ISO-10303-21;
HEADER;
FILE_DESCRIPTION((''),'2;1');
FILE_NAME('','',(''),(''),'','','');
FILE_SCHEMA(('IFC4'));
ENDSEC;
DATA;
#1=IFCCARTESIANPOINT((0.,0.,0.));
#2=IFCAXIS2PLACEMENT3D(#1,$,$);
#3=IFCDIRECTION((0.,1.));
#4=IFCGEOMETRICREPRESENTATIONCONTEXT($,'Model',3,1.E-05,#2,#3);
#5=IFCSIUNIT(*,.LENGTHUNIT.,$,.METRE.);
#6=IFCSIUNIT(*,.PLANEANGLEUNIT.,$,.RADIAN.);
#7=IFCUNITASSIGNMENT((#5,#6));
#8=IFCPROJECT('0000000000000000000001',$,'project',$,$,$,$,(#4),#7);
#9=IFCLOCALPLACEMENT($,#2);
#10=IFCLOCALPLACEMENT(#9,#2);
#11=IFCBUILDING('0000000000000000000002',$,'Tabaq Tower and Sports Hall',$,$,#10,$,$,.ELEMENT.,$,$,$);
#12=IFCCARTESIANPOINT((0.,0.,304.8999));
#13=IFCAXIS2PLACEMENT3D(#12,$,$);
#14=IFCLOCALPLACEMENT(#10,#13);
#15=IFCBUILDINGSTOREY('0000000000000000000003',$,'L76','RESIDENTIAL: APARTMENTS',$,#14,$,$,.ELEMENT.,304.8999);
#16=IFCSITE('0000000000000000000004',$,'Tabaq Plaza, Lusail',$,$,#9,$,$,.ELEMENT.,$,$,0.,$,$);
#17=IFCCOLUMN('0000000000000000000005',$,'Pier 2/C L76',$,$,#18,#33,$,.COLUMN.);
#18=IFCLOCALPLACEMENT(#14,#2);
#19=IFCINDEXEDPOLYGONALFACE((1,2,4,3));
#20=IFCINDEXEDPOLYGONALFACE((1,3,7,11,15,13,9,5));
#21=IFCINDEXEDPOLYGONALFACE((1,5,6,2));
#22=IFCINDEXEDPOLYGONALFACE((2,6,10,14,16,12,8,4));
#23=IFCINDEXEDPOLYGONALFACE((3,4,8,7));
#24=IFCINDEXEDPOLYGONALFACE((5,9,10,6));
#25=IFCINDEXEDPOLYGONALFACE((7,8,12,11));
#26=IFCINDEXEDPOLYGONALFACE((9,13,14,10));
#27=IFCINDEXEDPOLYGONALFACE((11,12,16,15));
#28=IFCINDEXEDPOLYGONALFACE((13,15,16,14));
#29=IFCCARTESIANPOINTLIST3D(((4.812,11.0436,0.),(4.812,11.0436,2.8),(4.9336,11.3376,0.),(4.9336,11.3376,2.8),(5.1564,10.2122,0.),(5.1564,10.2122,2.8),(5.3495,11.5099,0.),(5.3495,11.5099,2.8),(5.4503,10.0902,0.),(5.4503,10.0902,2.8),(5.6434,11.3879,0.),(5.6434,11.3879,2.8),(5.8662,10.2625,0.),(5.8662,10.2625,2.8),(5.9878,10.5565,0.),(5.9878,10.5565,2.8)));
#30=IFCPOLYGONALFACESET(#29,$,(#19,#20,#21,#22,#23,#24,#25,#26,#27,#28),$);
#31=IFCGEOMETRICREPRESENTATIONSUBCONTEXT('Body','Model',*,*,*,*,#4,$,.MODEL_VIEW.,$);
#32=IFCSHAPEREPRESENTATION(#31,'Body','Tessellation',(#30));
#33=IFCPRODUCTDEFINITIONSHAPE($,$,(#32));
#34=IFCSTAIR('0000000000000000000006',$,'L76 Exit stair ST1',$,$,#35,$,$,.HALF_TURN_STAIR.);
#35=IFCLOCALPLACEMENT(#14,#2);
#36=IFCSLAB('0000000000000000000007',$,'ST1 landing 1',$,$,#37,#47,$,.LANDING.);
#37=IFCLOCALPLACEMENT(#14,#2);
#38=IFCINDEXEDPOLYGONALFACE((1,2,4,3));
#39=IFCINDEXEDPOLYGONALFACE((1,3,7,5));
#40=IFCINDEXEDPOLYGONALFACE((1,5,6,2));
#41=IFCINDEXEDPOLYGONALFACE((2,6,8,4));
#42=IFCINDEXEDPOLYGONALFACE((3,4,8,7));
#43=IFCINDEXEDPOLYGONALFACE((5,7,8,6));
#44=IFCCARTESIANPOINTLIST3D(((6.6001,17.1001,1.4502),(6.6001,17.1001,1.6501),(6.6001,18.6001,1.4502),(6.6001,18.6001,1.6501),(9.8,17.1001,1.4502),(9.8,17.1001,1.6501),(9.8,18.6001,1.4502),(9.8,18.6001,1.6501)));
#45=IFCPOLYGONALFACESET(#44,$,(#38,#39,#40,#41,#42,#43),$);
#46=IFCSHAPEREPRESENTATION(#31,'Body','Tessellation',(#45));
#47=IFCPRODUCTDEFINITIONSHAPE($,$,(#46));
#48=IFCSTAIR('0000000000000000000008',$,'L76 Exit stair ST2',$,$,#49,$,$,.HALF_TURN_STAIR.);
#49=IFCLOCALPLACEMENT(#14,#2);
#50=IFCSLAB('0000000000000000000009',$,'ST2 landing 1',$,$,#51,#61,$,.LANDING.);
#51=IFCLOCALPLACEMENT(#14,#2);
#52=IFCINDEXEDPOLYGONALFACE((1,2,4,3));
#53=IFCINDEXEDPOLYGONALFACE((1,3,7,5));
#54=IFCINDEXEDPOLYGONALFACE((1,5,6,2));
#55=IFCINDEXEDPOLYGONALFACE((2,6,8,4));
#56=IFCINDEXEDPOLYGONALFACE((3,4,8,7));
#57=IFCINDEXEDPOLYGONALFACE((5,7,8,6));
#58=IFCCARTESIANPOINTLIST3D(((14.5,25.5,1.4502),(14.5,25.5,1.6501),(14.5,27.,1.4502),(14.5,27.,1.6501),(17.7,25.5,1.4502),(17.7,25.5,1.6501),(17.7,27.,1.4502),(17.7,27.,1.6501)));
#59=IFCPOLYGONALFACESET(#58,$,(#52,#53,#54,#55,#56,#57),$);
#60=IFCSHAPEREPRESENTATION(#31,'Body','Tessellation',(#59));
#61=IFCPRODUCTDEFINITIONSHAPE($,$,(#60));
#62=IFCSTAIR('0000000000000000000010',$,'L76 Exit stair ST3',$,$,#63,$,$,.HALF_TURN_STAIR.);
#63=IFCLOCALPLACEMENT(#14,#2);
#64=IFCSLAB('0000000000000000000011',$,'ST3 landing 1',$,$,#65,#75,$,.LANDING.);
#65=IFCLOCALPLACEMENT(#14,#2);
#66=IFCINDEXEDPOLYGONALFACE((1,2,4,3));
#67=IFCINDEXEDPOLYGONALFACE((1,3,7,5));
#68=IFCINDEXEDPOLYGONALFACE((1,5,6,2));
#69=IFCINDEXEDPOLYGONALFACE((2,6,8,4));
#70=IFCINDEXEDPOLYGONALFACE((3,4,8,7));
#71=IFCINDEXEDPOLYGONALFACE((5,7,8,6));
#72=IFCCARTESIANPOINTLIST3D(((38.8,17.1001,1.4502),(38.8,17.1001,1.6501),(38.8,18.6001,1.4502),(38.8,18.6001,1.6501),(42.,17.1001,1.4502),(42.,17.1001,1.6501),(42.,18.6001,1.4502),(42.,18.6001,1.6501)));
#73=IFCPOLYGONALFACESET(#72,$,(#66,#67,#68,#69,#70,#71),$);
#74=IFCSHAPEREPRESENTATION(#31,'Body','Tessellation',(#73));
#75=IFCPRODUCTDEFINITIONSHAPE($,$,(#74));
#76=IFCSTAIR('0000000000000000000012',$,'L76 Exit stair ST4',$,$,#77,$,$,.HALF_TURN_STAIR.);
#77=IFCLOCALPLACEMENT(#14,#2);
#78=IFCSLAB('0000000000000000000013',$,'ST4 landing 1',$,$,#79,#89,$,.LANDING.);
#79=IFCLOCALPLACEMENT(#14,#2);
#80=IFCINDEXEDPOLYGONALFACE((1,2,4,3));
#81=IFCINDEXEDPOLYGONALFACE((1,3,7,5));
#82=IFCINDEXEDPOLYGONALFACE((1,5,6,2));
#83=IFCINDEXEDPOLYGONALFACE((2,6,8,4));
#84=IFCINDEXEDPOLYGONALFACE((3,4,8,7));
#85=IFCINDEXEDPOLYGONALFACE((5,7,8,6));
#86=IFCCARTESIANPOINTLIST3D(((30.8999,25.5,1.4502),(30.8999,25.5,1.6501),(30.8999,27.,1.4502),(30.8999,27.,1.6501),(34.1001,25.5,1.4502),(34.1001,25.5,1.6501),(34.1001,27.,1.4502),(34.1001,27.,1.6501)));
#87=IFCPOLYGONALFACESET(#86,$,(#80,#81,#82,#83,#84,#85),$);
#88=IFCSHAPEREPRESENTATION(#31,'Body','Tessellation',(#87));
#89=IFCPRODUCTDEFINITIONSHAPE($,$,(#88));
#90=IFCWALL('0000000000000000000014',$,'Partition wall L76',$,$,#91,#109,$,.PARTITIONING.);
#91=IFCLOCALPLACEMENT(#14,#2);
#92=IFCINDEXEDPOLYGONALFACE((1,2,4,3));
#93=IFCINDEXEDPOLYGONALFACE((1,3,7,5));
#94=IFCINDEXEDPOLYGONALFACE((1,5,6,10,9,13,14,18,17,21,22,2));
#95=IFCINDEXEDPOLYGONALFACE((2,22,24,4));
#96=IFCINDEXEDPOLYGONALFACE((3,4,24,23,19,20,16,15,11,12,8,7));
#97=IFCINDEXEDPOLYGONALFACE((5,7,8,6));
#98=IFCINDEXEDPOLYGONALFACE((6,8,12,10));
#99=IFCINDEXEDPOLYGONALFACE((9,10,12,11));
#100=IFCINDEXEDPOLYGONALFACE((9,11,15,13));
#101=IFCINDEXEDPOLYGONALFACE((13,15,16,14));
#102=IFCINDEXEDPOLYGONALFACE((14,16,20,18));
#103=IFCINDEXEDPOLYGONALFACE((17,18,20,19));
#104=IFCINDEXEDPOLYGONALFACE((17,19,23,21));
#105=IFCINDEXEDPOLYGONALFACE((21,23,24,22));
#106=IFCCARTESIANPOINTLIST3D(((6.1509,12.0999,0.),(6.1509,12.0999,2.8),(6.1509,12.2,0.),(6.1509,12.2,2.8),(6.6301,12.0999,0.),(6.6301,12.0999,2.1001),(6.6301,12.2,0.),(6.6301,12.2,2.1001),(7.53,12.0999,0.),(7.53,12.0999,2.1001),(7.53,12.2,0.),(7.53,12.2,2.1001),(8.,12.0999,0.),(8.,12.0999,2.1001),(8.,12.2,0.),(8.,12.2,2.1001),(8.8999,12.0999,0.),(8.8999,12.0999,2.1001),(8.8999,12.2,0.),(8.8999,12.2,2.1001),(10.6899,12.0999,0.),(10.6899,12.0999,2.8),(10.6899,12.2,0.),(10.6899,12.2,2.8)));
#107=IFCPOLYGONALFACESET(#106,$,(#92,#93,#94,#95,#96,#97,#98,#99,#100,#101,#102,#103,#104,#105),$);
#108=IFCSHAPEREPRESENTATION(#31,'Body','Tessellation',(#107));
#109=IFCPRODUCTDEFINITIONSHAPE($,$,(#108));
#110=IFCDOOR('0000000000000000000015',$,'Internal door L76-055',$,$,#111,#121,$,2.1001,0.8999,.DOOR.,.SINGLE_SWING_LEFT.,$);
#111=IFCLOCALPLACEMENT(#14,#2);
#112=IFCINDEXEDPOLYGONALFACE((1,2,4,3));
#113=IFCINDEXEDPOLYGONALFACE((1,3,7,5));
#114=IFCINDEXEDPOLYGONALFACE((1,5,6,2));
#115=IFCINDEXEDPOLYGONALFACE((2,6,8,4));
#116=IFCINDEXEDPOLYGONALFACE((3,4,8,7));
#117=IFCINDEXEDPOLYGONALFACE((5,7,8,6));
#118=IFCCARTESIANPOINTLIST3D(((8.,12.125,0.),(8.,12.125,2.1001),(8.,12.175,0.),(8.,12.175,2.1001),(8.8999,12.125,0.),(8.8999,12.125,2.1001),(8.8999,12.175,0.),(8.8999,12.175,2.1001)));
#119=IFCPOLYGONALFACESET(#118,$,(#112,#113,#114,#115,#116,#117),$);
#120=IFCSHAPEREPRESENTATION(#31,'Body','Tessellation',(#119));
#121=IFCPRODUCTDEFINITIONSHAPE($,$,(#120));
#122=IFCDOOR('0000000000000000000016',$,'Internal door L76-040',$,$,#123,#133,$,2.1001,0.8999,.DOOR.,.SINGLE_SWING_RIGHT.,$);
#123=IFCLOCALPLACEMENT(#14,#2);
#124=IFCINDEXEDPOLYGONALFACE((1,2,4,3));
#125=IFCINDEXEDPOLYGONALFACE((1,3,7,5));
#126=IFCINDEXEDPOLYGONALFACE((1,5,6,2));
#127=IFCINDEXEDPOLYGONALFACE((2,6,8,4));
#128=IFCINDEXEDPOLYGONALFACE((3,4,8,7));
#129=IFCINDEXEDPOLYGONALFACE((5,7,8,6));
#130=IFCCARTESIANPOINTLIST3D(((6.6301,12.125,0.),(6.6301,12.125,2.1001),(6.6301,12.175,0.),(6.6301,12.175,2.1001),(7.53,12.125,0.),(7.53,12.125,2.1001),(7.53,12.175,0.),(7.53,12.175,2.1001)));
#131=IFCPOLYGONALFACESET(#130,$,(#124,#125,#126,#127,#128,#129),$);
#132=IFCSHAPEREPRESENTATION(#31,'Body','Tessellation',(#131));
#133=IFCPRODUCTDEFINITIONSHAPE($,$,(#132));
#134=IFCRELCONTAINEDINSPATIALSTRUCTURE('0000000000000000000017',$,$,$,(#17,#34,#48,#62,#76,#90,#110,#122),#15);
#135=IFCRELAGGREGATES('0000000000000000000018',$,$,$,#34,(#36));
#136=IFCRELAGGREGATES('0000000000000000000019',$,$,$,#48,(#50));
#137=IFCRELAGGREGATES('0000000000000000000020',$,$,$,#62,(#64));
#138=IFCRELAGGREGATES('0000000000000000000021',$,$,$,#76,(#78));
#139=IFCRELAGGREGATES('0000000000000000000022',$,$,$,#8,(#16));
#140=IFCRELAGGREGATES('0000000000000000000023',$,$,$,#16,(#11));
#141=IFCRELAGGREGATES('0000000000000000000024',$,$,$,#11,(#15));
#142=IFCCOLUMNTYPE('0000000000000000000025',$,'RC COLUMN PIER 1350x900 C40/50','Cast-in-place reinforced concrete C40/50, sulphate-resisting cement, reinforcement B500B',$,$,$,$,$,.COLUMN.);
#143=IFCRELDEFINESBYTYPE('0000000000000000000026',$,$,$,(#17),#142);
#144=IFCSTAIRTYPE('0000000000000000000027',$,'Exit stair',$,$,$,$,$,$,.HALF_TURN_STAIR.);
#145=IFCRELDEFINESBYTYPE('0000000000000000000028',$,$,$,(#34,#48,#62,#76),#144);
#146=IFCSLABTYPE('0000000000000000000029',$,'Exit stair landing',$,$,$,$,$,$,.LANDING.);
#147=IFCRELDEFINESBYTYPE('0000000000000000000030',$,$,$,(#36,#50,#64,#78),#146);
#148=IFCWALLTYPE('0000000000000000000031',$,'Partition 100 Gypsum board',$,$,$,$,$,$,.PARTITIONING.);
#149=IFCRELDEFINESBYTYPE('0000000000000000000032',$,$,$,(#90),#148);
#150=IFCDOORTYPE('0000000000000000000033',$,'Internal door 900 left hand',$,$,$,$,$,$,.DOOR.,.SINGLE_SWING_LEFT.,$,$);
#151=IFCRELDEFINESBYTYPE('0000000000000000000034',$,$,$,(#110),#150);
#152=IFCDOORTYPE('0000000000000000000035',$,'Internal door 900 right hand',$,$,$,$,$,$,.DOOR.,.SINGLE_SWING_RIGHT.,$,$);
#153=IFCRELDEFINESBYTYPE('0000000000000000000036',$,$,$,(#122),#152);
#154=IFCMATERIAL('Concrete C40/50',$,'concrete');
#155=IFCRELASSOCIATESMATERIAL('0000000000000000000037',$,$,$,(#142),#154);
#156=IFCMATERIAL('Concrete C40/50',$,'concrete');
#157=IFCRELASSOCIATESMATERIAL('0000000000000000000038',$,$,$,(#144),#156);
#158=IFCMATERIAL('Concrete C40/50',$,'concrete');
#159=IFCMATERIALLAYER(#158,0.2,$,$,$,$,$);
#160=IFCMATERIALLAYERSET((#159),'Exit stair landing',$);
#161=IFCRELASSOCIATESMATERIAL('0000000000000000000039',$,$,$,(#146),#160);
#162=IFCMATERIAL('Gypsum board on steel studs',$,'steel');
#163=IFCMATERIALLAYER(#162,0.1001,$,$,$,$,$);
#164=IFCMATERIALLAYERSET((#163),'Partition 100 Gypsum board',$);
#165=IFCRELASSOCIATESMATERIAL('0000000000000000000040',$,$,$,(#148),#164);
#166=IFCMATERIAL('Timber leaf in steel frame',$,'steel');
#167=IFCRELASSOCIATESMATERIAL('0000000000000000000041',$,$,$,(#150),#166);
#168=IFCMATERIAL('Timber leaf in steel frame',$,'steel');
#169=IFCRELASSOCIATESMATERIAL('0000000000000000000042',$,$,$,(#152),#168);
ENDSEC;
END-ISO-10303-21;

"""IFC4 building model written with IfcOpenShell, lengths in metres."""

from ifc_helpers import new_model, si_unit, direction, frame, frame_2d, origin, place, context, subcontext, project, spatial, polyline, rectangle, outline, extrude, material, layer, layer_set, material_profile, profile_set, type_object, element, fill, aggregate, save


model = new_model("IFC4")

# Units and contexts
model_context = context("Model", 3, precision=1e-05, world=origin(), true_north=direction((0.0, 1.0)))
body_context = subcontext(model_context, "Body", "Model", "MODEL_VIEW")
ifc_project = project(units=[si_unit("LENGTHUNIT", "METRE"), si_unit("PLANEANGLEUNIT", "RADIAN")], contexts=[model_context])

# Site, building, storey
site_placement = place(None, origin())
site = spatial("IfcSite", under=ifc_project, at=site_placement, Name="Tabaq Plaza, Lusail", CompositionType="ELEMENT", RefElevation=0.0)
building_placement = place(site_placement, origin())
building = spatial("IfcBuilding", under=site, at=building_placement, Name="Tabaq Tower and Sports Hall", CompositionType="ELEMENT")
storey_placement = place(building_placement, frame((0.0, 0.0, 304.8999)))
storey = spatial("IfcBuildingStorey", under=building, at=storey_placement, Name="L76", Description="RESIDENTIAL: APARTMENTS", CompositionType="ELEMENT", Elevation=304.8999)

# Column
ifc_material_1 = material(Name="Concrete C40/50", Category="concrete")
ifc_material_profile = material_profile(ifc_material_1, outline(polyline([(-0.45, -0.45), (0.45, -0.45), (0.675, -0.2251), (0.675, 0.2251), (0.45, 0.45), (-0.45, 0.45), (-0.675, 0.2251), (-0.675, -0.2251), (-0.45, -0.45)])), Name="PIER 1350x900")
ifc_profile_set = profile_set([ifc_material_profile], Name="Concrete C40/50")
column_type = type_object("IfcColumnType", Name="RC COLUMN PIER 1350x900 C40/50", Description="Cast-in-place reinforced concrete C40/50, sulphate-resisting cement, reinforcement B500B", PredefinedType="COLUMN", material=ifc_profile_set)
column_placement = place(storey_placement, frame((5.3999, 10.8, 0.0), z_axis=(0.0, 0.0, 1.0), x_axis=(-0.382683, 0.92388, 0.0)))
element("IfcColumn", 1, at=column_placement, inside=storey, type_object=column_type, Name="Pier 2/C L76", PredefinedType="COLUMN", context=body_context, shape_type="SweptSolid", body=[
    extrude(outline(polyline([(-0.45, -0.45), (0.45, -0.45), (0.675, -0.2251), (0.675, 0.2251), (0.45, 0.45), (-0.45, 0.45), (-0.675, 0.2251), (-0.675, -0.2251), (-0.45, -0.45)])), origin(), (0.0, 0.0, 1.0), 2.8),
])

# Stairs, slabs
ifc_material_2 = material(Name="Concrete C40/50", Category="concrete")
stair_type = type_object("IfcStairType", Name="Exit stair", PredefinedType="HALF_TURN_STAIR", material=ifc_material_2)
stair_1_placement = place(storey_placement, origin())
stair_1 = element("IfcStair", 2, at=stair_1_placement, inside=storey, type_object=stair_type, Name="L76 Exit stair ST1", PredefinedType="HALF_TURN_STAIR")
ifc_material_3 = material(Name="Concrete C40/50", Category="concrete")
ifc_layer_1 = layer(ifc_material_3, 0.2)
ifc_layer_set_1 = layer_set([ifc_layer_1], Name="Exit stair landing")
slab_type = type_object("IfcSlabType", Name="Exit stair landing", PredefinedType="LANDING", material=ifc_layer_set_1)
slab_1_placement = place(storey_placement, frame((0.0, 0.0, 1.4502)))
slab_1 = element("IfcSlab", 3, at=slab_1_placement, type_object=slab_type, Name="ST1 landing 1", PredefinedType="LANDING", context=body_context, shape_type="SweptSolid", body=[
    extrude(outline(polyline([(6.6001, 18.6001), (6.6001, 17.1001), (9.8, 17.1001), (9.8, 18.6001), (6.6001, 18.6001)])), origin(), (0.0, 0.0, 1.0), 0.2),
])
aggregate(stair_1, [slab_1])
stair_2_placement = place(storey_placement, origin())
stair_2 = element("IfcStair", 4, at=stair_2_placement, inside=storey, type_object=stair_type, Name="L76 Exit stair ST2", PredefinedType="HALF_TURN_STAIR")
slab_2_placement = place(storey_placement, frame((0.0, 0.0, 1.4502)))
slab_2 = element("IfcSlab", 5, at=slab_2_placement, type_object=slab_type, Name="ST2 landing 1", PredefinedType="LANDING", context=body_context, shape_type="SweptSolid", body=[
    extrude(outline(polyline([(14.5, 27.0), (14.5, 25.5), (17.7, 25.5), (17.7, 27.0), (14.5, 27.0)])), origin(), (0.0, 0.0, 1.0), 0.2),
])
aggregate(stair_2, [slab_2])
stair_3_placement = place(storey_placement, origin())
stair_3 = element("IfcStair", 6, at=stair_3_placement, inside=storey, type_object=stair_type, Name="L76 Exit stair ST3", PredefinedType="HALF_TURN_STAIR")
slab_3_placement = place(storey_placement, frame((0.0, 0.0, 1.4502)))
slab_3 = element("IfcSlab", 7, at=slab_3_placement, type_object=slab_type, Name="ST3 landing 1", PredefinedType="LANDING", context=body_context, shape_type="SweptSolid", body=[
    extrude(outline(polyline([(38.8, 18.6001), (38.8, 17.1001), (42.0, 17.1001), (42.0, 18.6001), (38.8, 18.6001)])), origin(), (0.0, 0.0, 1.0), 0.2),
])
aggregate(stair_3, [slab_3])
stair_4_placement = place(storey_placement, origin())
stair_4 = element("IfcStair", 8, at=stair_4_placement, inside=storey, type_object=stair_type, Name="L76 Exit stair ST4", PredefinedType="HALF_TURN_STAIR")
slab_4_placement = place(storey_placement, frame((0.0, 0.0, 1.4502)))
slab_4 = element("IfcSlab", 9, at=slab_4_placement, type_object=slab_type, Name="ST4 landing 1", PredefinedType="LANDING", context=body_context, shape_type="SweptSolid", body=[
    extrude(outline(polyline([(30.8999, 27.0), (30.8999, 25.5), (34.1001, 25.5), (34.1001, 27.0), (30.8999, 27.0)])), origin(), (0.0, 0.0, 1.0), 0.2),
])
aggregate(stair_4, [slab_4])

# Wall, openings, doors
ifc_material_4 = material(Name="Gypsum board on steel studs", Category="steel")
ifc_layer_2 = layer(ifc_material_4, 0.1001)
ifc_layer_set_2 = layer_set([ifc_layer_2], Name="Partition 100 Gypsum board")
wall_type_1 = type_object("IfcWallType", Name="Partition 100 Gypsum board", PredefinedType="PARTITIONING", material=ifc_layer_set_2)
wall_1_placement = place(storey_placement, frame((10.6899, 12.1499, 0.0), z_axis=(0.0, 0.0, 1.0), x_axis=(-1.0, 0.0, 0.0)))
wall_1 = element("IfcWall", 10, at=wall_1_placement, inside=storey, type_object=wall_type_1, Name="Partition wall L76", PredefinedType="PARTITIONING", context=body_context, shape_type="SweptSolid", body=[
    extrude(rectangle(XDim=4.5391, YDim=0.1001, at=frame_2d((2.2695, 0.0))), origin(), (0.0, 0.0, 1.0), 2.8),
])
opening_1_placement = place(wall_1_placement, frame((3.1599, 0.0, 0.0)))
opening_1 = element("IfcOpeningElement", 11, at=opening_1_placement, cuts=wall_1, PredefinedType="OPENING", context=body_context, shape_type="SweptSolid", body=[
    extrude(rectangle(XDim=0.8999, YDim=2.1001, at=frame_2d((0.45, 1.05))), frame((0.0, 0.05, 0.0), z_axis=(0.0, -1.0, 0.0), x_axis=(1.0, 0.0, 0.0)), (0.0, 0.0, 1.0), 0.1001),
])
opening_2_placement = place(wall_1_placement, frame((1.79, 0.0, 0.0)))
opening_2 = element("IfcOpeningElement", 12, at=opening_2_placement, cuts=wall_1, PredefinedType="OPENING", context=body_context, shape_type="SweptSolid", body=[
    extrude(rectangle(XDim=0.8999, YDim=2.1001, at=frame_2d((0.45, 1.05))), frame((0.0, 0.05, 0.0), z_axis=(0.0, -1.0, 0.0), x_axis=(1.0, 0.0, 0.0)), (0.0, 0.0, 1.0), 0.1001),
])
ifc_material_5 = material(Name="Timber leaf in steel frame", Category="steel")
door_type_1 = type_object("IfcDoorType", Name="Internal door 900 left hand", OperationType="SINGLE_SWING_LEFT", PredefinedType="DOOR", material=ifc_material_5)
door_1_placement = place(opening_2_placement, origin())
door_1 = element("IfcDoor", 13, at=door_1_placement, inside=storey, type_object=door_type_1, Name="Internal door L76-055", OperationType="SINGLE_SWING_LEFT", OverallHeight=2.1001, OverallWidth=0.8999, PredefinedType="DOOR", context=body_context, shape_type="SweptSolid", body=[
    extrude(rectangle(XDim=0.8999, YDim=2.1001, at=frame_2d((0.45, 1.05))), frame((0.0, 0.0249, 0.0), z_axis=(0.0, -1.0, 0.0), x_axis=(1.0, 0.0, 0.0)), (0.0, 0.0, 1.0), 0.05),
])
fill(opening_2, door_1)
ifc_material_6 = material(Name="Timber leaf in steel frame", Category="steel")
door_type_2 = type_object("IfcDoorType", Name="Internal door 900 right hand", OperationType="SINGLE_SWING_RIGHT", PredefinedType="DOOR", material=ifc_material_6)
door_2_placement = place(opening_1_placement, origin())
door_2 = element("IfcDoor", 14, at=door_2_placement, inside=storey, type_object=door_type_2, Name="Internal door L76-040", OperationType="SINGLE_SWING_RIGHT", OverallHeight=2.1001, OverallWidth=0.8999, PredefinedType="DOOR", context=body_context, shape_type="SweptSolid", body=[
    extrude(rectangle(XDim=0.8999, YDim=2.1001, at=frame_2d((0.45, 1.05))), frame((0.0, 0.0249, 0.0), z_axis=(0.0, -1.0, 0.0), x_axis=(1.0, 0.0, 0.0)), (0.0, 0.0, 1.0), 0.05),
])
fill(opening_1, door_2)

save(model, "model.ifc")
